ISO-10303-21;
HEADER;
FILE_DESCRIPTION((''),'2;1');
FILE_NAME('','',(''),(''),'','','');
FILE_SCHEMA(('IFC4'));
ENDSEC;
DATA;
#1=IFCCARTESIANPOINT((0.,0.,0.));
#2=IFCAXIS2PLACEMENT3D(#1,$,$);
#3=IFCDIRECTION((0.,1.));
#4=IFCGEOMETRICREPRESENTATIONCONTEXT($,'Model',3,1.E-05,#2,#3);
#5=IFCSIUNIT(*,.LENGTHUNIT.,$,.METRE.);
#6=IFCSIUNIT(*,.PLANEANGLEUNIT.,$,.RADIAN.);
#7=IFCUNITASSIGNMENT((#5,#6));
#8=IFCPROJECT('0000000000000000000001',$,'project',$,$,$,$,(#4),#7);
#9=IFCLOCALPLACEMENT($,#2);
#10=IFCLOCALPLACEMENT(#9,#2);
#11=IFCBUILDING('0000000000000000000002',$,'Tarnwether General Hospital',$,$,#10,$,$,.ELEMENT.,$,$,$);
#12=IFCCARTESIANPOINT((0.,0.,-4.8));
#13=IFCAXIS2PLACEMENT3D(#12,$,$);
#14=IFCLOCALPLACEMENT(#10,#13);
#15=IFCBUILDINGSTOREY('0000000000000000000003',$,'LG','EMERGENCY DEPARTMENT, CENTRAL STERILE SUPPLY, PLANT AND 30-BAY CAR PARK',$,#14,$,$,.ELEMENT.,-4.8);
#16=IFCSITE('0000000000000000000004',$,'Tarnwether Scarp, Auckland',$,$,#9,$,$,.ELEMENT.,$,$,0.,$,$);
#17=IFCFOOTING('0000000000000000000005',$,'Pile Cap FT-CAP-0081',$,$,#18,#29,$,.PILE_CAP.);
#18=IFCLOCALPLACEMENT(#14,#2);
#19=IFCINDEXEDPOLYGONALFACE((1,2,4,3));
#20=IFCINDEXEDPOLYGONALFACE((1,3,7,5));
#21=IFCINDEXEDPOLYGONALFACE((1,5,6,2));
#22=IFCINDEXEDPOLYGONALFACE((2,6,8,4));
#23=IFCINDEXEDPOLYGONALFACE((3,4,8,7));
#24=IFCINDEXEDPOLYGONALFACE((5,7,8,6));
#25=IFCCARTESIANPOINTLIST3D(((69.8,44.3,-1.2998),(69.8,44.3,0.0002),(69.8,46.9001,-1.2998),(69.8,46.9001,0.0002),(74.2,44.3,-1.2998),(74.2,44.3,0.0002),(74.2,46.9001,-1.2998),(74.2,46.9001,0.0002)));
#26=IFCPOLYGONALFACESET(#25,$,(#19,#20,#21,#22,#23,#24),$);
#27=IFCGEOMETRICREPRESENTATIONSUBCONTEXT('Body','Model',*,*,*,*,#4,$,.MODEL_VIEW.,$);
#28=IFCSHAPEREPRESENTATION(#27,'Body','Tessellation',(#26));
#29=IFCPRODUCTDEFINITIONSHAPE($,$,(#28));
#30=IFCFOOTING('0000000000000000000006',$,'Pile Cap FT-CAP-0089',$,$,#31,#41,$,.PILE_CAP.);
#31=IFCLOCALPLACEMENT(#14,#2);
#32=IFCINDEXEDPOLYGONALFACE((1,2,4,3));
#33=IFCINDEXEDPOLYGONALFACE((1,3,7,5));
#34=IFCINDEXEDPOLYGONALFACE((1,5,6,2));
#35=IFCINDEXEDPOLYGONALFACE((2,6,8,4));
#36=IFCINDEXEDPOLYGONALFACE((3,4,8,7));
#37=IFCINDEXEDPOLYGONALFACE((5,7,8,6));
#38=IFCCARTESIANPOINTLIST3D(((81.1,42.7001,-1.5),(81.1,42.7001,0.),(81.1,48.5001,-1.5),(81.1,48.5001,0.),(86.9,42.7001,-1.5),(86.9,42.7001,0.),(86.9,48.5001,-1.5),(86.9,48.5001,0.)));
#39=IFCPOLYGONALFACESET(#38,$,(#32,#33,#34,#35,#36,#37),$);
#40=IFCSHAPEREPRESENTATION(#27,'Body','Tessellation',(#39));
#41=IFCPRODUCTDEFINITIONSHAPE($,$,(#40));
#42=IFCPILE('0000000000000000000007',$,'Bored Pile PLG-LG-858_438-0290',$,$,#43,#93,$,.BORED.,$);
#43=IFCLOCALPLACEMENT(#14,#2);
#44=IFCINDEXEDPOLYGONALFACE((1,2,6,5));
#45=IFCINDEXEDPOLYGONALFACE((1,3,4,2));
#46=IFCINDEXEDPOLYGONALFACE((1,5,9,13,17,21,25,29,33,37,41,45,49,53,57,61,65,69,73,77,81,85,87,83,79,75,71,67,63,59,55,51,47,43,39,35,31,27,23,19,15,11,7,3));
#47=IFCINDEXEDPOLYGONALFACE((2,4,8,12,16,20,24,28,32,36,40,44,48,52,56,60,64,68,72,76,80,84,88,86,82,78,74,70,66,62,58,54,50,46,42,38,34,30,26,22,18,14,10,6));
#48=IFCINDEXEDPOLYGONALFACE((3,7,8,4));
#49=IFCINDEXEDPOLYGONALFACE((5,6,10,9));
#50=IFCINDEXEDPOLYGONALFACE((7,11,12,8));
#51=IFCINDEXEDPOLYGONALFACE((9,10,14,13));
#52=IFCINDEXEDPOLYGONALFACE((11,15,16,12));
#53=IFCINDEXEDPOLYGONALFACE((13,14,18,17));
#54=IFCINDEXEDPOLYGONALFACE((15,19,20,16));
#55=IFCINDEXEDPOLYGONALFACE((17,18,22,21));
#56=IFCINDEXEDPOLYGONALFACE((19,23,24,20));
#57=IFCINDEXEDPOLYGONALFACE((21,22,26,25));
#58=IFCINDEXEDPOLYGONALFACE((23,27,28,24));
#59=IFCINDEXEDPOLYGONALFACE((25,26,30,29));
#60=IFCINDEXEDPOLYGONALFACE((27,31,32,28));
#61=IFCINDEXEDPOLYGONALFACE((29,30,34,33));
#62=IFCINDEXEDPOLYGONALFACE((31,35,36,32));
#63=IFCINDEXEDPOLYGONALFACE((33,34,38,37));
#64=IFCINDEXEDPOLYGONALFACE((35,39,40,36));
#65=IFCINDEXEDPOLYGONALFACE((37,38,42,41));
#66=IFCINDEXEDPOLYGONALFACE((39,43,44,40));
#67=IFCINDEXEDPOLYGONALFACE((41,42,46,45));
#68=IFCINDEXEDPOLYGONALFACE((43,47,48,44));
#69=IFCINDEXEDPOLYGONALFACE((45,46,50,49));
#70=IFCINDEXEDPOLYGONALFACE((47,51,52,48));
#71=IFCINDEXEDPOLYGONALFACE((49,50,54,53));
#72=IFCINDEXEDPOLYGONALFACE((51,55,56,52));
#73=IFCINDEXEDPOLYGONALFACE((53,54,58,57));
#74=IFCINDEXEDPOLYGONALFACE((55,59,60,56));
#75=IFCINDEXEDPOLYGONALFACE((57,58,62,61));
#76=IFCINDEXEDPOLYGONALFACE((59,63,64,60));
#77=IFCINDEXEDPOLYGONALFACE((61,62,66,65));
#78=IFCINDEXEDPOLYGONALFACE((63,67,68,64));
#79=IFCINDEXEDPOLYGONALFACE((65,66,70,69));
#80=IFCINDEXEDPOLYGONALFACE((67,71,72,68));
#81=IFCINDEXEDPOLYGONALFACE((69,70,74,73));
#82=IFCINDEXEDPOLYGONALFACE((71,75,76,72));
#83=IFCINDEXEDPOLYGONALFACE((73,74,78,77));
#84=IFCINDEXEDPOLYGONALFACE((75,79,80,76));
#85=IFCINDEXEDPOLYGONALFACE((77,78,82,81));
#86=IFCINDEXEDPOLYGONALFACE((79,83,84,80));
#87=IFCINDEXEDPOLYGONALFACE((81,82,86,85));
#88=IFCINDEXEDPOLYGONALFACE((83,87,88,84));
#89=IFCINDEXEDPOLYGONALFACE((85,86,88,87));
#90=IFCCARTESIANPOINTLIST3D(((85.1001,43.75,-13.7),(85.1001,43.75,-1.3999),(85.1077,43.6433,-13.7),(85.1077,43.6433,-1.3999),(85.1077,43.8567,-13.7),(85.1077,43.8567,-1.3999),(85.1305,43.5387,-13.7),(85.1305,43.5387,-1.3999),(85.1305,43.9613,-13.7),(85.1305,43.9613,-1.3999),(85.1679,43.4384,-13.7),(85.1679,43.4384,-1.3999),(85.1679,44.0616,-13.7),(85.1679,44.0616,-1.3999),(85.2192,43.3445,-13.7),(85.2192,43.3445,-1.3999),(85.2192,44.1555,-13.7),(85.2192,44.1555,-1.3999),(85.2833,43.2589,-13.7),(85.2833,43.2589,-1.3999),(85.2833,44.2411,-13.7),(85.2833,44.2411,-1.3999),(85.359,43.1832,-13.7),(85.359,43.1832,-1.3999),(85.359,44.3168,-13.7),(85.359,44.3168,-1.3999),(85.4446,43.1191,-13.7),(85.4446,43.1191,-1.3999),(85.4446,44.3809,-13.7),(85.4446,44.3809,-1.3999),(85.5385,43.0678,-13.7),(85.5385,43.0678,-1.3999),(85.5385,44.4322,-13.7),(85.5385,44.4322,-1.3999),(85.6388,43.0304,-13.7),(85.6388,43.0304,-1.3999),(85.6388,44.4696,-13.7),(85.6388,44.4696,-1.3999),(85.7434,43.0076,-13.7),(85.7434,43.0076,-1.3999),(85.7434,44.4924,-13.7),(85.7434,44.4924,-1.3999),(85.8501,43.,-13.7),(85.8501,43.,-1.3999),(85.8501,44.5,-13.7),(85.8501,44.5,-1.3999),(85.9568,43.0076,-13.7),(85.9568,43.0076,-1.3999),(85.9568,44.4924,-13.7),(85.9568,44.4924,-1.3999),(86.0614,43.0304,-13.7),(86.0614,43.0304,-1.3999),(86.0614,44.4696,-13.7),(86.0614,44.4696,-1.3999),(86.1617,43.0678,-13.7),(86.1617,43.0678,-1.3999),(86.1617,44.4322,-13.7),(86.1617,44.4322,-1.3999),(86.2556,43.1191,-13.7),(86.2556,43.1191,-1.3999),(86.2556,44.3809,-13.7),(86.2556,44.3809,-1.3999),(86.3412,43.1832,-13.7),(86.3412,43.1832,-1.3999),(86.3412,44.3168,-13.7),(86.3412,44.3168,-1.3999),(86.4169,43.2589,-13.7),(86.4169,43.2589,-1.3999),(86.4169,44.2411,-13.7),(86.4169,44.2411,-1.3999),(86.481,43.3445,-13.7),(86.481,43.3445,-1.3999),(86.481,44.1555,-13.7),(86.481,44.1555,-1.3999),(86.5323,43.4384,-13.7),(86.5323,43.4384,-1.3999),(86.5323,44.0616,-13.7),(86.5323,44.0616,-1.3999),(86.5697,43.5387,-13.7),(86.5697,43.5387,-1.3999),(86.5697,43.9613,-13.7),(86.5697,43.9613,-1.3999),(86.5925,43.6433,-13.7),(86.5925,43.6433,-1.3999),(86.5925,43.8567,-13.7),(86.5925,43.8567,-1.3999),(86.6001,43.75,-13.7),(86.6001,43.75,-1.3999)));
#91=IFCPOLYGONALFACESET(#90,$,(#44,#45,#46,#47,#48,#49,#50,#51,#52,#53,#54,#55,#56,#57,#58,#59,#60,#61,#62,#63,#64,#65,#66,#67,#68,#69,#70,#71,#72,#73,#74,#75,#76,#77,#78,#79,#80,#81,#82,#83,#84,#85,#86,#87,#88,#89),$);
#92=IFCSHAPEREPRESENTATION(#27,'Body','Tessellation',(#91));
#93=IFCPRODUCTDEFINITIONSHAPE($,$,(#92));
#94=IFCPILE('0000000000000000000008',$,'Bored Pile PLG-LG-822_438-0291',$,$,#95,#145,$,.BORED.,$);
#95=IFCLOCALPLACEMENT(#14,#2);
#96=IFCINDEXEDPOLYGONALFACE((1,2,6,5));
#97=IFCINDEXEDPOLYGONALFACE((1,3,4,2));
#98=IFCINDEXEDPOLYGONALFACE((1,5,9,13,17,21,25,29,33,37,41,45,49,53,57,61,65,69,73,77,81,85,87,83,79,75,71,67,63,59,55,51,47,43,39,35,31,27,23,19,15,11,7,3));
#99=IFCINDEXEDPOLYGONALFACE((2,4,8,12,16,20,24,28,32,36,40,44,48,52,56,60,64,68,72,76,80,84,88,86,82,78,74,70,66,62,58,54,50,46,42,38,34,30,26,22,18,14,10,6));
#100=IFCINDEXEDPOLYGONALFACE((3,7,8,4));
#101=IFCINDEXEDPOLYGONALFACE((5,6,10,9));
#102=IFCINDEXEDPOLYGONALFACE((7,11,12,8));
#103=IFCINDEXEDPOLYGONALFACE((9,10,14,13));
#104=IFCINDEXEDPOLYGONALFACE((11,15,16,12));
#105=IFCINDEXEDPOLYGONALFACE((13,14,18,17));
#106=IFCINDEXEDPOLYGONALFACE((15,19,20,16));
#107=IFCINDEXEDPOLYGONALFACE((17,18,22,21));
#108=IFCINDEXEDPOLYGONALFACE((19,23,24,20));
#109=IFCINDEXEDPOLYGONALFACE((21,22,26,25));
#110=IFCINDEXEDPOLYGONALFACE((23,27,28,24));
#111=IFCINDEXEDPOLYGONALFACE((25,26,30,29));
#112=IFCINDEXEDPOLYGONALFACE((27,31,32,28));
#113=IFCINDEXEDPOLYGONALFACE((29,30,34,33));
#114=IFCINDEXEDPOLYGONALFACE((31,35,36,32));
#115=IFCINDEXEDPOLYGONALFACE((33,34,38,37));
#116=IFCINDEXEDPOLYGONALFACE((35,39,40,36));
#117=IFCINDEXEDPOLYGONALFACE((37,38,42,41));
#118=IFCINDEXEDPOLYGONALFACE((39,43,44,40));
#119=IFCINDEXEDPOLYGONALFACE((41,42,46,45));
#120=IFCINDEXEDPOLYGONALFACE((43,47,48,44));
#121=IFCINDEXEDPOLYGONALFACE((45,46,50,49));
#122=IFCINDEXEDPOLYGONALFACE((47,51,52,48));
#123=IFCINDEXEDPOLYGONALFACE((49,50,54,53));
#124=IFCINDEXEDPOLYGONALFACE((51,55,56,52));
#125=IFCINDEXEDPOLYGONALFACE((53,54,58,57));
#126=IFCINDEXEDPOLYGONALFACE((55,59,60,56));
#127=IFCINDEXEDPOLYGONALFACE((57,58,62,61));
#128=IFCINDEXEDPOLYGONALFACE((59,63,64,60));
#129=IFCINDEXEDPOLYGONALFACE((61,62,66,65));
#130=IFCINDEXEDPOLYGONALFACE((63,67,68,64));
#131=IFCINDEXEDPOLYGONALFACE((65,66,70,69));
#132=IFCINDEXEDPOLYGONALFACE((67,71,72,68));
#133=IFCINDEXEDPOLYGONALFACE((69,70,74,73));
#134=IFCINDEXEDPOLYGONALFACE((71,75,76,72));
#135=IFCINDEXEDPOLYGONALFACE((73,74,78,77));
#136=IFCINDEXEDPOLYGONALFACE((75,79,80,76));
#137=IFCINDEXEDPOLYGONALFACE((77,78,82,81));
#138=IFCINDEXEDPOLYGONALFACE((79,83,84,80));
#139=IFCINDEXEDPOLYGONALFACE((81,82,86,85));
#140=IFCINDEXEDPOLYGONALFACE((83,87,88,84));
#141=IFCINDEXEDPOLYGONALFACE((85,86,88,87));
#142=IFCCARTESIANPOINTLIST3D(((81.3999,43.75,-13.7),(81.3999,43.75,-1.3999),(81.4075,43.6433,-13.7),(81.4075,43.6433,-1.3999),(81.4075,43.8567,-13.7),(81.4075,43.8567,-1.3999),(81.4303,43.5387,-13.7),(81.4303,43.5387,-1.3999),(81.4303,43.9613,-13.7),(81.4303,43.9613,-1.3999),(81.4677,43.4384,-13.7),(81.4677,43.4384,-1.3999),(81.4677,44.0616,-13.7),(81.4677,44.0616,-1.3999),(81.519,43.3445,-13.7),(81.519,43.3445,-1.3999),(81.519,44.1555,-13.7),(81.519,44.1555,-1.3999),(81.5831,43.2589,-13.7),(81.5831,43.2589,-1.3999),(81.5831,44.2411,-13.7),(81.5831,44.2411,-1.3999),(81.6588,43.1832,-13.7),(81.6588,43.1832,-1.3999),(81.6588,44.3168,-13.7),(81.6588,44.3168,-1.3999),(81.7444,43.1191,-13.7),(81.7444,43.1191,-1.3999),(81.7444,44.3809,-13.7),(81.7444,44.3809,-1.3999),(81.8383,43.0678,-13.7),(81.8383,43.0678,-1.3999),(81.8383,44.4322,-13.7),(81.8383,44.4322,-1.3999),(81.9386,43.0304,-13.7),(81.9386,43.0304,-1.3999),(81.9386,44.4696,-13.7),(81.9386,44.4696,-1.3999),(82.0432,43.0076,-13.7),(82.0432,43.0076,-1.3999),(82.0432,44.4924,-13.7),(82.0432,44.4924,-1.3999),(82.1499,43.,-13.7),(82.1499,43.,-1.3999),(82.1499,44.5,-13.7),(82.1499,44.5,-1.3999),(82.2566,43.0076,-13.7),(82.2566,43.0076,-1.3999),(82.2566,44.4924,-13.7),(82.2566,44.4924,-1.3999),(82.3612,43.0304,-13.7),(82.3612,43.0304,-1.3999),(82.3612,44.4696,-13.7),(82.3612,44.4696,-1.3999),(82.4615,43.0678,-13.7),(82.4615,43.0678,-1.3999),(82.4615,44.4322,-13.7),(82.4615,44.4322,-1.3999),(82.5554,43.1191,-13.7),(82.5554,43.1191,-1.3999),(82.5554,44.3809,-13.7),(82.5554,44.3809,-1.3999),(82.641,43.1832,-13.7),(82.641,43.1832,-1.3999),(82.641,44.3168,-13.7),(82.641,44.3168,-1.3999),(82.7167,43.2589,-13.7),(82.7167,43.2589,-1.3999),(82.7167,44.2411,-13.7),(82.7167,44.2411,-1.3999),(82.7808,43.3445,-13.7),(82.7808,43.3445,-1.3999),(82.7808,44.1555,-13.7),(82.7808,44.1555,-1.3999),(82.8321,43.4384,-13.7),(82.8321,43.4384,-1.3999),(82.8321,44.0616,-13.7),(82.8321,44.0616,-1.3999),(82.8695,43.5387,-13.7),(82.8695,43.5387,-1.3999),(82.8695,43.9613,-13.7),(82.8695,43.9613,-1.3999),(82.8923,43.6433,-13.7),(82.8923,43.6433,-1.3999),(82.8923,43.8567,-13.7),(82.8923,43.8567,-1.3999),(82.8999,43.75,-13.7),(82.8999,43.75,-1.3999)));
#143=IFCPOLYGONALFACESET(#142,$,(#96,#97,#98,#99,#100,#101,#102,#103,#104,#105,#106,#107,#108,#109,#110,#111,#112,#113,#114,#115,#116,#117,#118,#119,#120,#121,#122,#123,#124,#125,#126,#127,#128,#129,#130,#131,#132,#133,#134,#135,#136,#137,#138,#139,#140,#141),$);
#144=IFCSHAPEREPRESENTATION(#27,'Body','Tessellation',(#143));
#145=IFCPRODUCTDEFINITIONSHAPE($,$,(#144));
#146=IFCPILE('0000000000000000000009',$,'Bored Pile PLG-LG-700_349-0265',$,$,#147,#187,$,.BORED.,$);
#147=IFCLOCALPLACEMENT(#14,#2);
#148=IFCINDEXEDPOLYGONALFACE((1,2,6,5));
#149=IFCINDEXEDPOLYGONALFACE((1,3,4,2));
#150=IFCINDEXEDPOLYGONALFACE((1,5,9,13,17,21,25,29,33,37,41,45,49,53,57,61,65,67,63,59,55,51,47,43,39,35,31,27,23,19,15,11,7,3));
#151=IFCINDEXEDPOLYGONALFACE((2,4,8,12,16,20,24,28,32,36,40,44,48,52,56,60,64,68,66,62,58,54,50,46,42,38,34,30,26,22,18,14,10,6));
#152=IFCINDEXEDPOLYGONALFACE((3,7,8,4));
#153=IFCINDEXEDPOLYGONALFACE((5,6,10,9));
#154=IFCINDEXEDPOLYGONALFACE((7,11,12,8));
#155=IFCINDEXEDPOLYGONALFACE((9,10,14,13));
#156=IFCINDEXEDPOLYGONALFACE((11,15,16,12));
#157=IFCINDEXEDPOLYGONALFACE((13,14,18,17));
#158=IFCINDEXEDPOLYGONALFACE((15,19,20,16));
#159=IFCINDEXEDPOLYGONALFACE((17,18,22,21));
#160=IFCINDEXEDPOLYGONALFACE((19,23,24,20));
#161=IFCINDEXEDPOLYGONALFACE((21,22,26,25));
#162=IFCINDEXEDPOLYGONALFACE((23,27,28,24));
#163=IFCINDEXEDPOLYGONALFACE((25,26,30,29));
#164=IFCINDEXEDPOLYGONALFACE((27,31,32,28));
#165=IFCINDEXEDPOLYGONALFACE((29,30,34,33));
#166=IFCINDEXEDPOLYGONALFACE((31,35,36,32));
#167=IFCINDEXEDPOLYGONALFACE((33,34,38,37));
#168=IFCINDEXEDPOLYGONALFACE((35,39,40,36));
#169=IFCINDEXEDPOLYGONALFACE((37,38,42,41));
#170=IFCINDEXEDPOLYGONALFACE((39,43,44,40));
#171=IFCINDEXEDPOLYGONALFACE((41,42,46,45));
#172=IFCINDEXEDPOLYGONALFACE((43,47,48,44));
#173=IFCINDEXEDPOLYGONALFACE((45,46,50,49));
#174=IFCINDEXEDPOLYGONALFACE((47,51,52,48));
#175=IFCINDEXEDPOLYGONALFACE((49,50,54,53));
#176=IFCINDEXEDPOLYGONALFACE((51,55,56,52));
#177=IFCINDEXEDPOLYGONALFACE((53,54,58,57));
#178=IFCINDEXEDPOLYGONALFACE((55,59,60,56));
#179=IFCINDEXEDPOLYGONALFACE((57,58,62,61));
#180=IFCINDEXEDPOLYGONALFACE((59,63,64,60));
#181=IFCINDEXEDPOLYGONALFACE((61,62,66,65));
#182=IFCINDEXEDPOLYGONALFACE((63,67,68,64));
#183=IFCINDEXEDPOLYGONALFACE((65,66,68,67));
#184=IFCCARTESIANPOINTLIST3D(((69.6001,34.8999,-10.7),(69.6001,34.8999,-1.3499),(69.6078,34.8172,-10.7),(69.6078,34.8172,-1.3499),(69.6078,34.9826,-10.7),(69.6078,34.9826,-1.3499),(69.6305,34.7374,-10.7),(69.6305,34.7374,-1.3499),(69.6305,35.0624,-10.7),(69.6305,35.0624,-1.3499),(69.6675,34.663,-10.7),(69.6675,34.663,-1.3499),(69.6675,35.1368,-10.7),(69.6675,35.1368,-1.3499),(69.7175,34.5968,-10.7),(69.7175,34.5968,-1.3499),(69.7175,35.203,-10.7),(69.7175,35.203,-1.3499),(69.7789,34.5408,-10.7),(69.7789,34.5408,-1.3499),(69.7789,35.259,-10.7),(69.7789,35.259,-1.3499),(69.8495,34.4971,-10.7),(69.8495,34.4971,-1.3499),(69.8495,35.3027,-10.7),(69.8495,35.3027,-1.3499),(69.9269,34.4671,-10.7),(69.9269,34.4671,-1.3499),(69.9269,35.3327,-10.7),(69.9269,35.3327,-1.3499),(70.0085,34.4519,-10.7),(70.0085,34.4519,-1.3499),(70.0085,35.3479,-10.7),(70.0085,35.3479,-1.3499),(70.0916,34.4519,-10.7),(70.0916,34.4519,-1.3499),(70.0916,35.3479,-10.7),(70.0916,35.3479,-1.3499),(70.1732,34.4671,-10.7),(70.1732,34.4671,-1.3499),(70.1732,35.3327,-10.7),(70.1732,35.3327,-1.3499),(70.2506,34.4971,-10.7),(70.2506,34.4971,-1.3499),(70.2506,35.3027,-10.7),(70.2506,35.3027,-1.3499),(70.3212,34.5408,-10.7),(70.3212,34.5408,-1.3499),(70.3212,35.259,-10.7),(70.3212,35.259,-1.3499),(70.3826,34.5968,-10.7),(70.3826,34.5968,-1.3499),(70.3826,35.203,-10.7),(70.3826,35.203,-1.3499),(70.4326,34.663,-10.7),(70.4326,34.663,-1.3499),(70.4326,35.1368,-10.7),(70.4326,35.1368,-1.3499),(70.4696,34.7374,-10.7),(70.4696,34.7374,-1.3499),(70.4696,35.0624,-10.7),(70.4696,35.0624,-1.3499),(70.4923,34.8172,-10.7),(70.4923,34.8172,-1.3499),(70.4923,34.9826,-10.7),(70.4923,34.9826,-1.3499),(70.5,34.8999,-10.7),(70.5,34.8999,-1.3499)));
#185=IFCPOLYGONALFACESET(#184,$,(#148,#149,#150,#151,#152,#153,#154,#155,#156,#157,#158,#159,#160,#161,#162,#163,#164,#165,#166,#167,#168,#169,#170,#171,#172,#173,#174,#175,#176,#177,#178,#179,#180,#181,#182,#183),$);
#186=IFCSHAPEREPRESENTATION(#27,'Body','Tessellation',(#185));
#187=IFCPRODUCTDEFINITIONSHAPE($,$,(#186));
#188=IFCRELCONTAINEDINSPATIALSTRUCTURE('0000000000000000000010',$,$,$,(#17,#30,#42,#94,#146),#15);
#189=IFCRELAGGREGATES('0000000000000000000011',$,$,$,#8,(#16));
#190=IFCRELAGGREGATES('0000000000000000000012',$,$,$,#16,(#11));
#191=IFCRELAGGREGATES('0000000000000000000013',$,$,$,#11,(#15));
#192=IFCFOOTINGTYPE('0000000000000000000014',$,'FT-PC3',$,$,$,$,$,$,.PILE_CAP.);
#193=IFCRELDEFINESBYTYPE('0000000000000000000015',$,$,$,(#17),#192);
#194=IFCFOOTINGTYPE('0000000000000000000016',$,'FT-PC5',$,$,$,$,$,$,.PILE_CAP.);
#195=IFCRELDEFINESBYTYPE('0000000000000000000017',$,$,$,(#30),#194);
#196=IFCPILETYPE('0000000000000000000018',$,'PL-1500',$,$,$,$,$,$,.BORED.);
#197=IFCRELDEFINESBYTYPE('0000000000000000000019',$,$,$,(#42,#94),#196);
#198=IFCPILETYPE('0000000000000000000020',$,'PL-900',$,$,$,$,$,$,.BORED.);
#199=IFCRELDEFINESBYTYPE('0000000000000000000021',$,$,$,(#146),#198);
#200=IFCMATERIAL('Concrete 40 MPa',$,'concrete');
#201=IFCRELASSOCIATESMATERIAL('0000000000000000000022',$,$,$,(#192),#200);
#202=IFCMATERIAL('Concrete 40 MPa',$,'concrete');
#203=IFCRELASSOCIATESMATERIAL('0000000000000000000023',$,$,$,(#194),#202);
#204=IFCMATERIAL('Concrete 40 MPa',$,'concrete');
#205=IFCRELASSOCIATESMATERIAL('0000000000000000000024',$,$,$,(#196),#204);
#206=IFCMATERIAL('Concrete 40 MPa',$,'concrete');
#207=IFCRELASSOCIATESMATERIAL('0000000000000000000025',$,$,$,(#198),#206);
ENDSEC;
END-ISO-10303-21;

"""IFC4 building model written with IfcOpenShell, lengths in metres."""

from ifc_helpers import new_model, si_unit, direction, frame, origin, origin_2d, place, context, subcontext, project, spatial, rectangle, circle, extrude, material, material_profile, profile_set, type_object, element, save


model = new_model("IFC4")

# Units and contexts
model_context = context("Model", 3, precision=1e-05, world=origin(), true_north=direction((0.0, 1.0)))
body_context = subcontext(model_context, "Body", "Model", "MODEL_VIEW")
ifc_project = project(units=[si_unit("LENGTHUNIT", "METRE"), si_unit("PLANEANGLEUNIT", "RADIAN")], contexts=[model_context])

# Site, building, storey
site_placement = place(None, origin())
site = spatial("IfcSite", under=ifc_project, at=site_placement, Name="Tarnwether Scarp, Auckland", CompositionType="ELEMENT", RefElevation=0.0)
building_placement = place(site_placement, origin())
building = spatial("IfcBuilding", under=site, at=building_placement, Name="Tarnwether General Hospital", CompositionType="ELEMENT")
storey_placement = place(building_placement, frame((0.0, 0.0, -4.8)))
storey = spatial("IfcBuildingStorey", under=building, at=storey_placement, Name="LG", Description="EMERGENCY DEPARTMENT, CENTRAL STERILE SUPPLY, PLANT AND 30-BAY CAR PARK", CompositionType="ELEMENT", Elevation=-4.8)

# Footings
ifc_material_1 = material(Name="Concrete 40 MPa", Category="concrete")
footing_type_1 = type_object("IfcFootingType", Name="FT-PC3", PredefinedType="PILE_CAP", material=ifc_material_1)
footing_1_placement = place(storey_placement, frame((72.0, 45.6001, -1.2998), z_axis=(0.0, 0.0, 1.0), x_axis=(1.0, 0.0, 0.0)))
element("IfcFooting", 1, at=footing_1_placement, inside=storey, type_object=footing_type_1, Name="Pile Cap FT-CAP-0081", PredefinedType="PILE_CAP", context=body_context, shape_type="SweptSolid", body=[
    extrude(rectangle(XDim=4.3999, YDim=2.6001, at=origin_2d()), origin(), (0.0, 0.0, 1.0), 1.3),
])
ifc_material_2 = material(Name="Concrete 40 MPa", Category="concrete")
footing_type_2 = type_object("IfcFootingType", Name="FT-PC5", PredefinedType="PILE_CAP", material=ifc_material_2)
footing_2_placement = place(storey_placement, frame((84.0, 45.6001, -1.5), z_axis=(0.0, 0.0, 1.0), x_axis=(0.0, 1.0, 0.0)))
element("IfcFooting", 2, at=footing_2_placement, inside=storey, type_object=footing_type_2, Name="Pile Cap FT-CAP-0089", PredefinedType="PILE_CAP", context=body_context, shape_type="SweptSolid", body=[
    extrude(rectangle(XDim=5.8, YDim=5.8, at=origin_2d()), origin(), (0.0, 0.0, 1.0), 1.5),
])

# Piles
ifc_material_3 = material(Name="Concrete 40 MPa", Category="concrete")
ifc_material_profile_1 = material_profile(ifc_material_3, circle(Radius=0.75, at=origin_2d()), Name="PILE-D1500")
ifc_profile_set_1 = profile_set([ifc_material_profile_1], Name="Concrete 40 MPa")
pile_type_1 = type_object("IfcPileType", Name="PL-1500", PredefinedType="BORED", material=ifc_profile_set_1)
for number, where, z_axis, x_axis, name in (
    (3, (85.8501, 43.75, -1.3999), (0.0, 0.0, -1.0), (1.0, 0.0, 0.0), "Bored Pile PLG-LG-858_438-0290"),
    (4, (82.1499, 43.75, -1.3999), (0.0, 0.0, -1.0), (1.0, 0.0, 0.0), "Bored Pile PLG-LG-822_438-0291"),
):
    element("IfcPile", number, at=place(storey_placement, frame(where, z_axis=z_axis, x_axis=x_axis)), inside=storey, type_object=pile_type_1, Name=name, PredefinedType="BORED", context=body_context, shape_type="SweptSolid", body=[
        extrude(circle(Radius=0.75, at=origin_2d()), origin(), (0.0, 0.0, 1.0), 12.3),
    ])
ifc_material_4 = material(Name="Concrete 40 MPa", Category="concrete")
ifc_material_profile_2 = material_profile(ifc_material_4, circle(Radius=0.45, at=origin_2d()), Name="PILE-D900")
ifc_profile_set_2 = profile_set([ifc_material_profile_2], Name="Concrete 40 MPa")
pile_type_2 = type_object("IfcPileType", Name="PL-900", PredefinedType="BORED", material=ifc_profile_set_2)
for number, where, z_axis, x_axis, name in (
    (5, (70.05, 34.8999, -1.3499), (0.0, 0.0, -1.0), (1.0, 0.0, 0.0), "Bored Pile PLG-LG-700_349-0265"),
):
    element("IfcPile", number, at=place(storey_placement, frame(where, z_axis=z_axis, x_axis=x_axis)), inside=storey, type_object=pile_type_2, Name=name, PredefinedType="BORED", context=body_context, shape_type="SweptSolid", body=[
        extrude(circle(Radius=0.45, at=origin_2d()), origin(), (0.0, 0.0, 1.0), 9.3501),
    ])

save(model, "model.ifc")
